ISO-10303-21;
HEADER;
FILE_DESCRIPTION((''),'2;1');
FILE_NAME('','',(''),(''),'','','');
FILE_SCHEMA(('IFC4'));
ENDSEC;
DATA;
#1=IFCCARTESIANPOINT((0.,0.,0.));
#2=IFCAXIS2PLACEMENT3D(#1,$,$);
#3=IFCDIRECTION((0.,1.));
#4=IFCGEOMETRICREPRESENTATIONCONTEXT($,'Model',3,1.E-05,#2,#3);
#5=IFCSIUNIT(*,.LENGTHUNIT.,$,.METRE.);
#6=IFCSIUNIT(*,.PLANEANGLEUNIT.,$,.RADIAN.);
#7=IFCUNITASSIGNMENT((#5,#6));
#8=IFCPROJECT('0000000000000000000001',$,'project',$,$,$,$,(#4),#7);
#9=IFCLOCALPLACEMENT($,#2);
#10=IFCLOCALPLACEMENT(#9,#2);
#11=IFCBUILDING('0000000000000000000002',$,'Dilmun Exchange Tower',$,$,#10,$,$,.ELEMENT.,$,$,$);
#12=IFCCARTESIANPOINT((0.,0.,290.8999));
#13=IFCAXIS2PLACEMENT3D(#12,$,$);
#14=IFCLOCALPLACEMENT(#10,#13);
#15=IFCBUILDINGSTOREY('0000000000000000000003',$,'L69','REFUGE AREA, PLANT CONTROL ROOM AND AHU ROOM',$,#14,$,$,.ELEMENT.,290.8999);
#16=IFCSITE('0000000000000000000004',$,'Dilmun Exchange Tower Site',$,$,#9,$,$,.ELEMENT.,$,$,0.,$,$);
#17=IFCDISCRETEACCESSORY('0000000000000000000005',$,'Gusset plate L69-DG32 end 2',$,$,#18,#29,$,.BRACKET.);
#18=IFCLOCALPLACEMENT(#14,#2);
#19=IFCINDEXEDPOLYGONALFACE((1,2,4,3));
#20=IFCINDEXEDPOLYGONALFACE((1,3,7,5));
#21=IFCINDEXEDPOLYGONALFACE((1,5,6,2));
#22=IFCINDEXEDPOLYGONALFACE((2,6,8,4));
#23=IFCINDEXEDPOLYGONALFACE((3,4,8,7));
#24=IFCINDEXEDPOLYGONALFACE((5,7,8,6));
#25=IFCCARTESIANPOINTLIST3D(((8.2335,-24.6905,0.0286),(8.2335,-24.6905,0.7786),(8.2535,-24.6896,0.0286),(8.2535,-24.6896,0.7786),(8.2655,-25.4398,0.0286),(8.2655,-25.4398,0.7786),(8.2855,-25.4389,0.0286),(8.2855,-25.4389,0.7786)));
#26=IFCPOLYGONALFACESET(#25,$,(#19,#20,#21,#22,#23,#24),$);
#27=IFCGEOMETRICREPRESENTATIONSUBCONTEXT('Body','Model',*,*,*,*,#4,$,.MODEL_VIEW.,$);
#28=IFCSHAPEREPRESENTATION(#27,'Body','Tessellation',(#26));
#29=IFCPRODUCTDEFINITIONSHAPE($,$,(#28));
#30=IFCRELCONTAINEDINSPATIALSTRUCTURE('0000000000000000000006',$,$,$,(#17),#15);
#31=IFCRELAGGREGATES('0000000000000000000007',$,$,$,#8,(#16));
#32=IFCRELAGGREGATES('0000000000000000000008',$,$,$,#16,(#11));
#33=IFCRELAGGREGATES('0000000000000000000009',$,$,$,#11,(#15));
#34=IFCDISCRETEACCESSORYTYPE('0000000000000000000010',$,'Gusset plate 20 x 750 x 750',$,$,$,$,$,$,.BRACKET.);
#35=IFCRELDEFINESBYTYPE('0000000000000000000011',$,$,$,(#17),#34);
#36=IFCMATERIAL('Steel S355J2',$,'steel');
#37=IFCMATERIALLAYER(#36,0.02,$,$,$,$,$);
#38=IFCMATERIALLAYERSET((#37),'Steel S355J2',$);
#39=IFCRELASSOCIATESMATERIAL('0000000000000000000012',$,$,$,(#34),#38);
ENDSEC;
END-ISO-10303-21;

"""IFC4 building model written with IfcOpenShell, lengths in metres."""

from ifc_helpers import new_model, si_unit, direction, frame, origin, origin_2d, place, context, subcontext, project, spatial, rectangle, extrude, material, layer, layer_set, type_object, element, save


model = new_model("IFC4")

# Units and contexts
model_context = context("Model", 3, precision=1e-05, world=origin(), true_north=direction((0.0, 1.0)))
body_context = subcontext(model_context, "Body", "Model", "MODEL_VIEW")
ifc_project = project(units=[si_unit("LENGTHUNIT", "METRE"), si_unit("PLANEANGLEUNIT", "RADIAN")], contexts=[model_context])

# Site, building, storey
site_placement = place(None, origin())
site = spatial("IfcSite", under=ifc_project, at=site_placement, Name="Dilmun Exchange Tower Site", CompositionType="ELEMENT", RefElevation=0.0)
building_placement = place(site_placement, origin())
building = spatial("IfcBuilding", under=site, at=building_placement, Name="Dilmun Exchange Tower", CompositionType="ELEMENT")
storey_placement = place(building_placement, frame((0.0, 0.0, 290.8999)))
storey = spatial("IfcBuildingStorey", under=building, at=storey_placement, Name="L69", Description="REFUGE AREA, PLANT CONTROL ROOM AND AHU ROOM", CompositionType="ELEMENT", Elevation=290.8999)

# Discrete accessory
ifc_material_1 = material(Name="Steel S355J2", Category="steel")
ifc_layer_1 = layer(ifc_material_1, 0.02)
ifc_layer_set_1 = layer_set([ifc_layer_1], Name="Steel S355J2")
discrete_accessory_type = type_object("IfcDiscreteAccessoryType", Name="Gusset plate 20 x 750 x 750", PredefinedType="BRACKET", material=ifc_layer_set_1)
for number, where, z_axis, x_axis, name in (
    (1, (8.2595, -25.0647, 0.0286), (0.0, 0.0, 1.0), (-0.042659, 0.99909, 0.0), "Gusset plate L69-DG32 end 2"),
):
    element("IfcDiscreteAccessory", number, at=place(storey_placement, frame(where, z_axis=z_axis, x_axis=x_axis)), inside=storey, type_object=discrete_accessory_type, Name=name, PredefinedType="BRACKET", context=body_context, shape_type="SweptSolid", body=[
        extrude(rectangle(XDim=0.75, YDim=0.02, at=origin_2d()), origin(), (0.0, 0.0, 1.0), 0.75),
    ])

save(model, "model.ifc")
